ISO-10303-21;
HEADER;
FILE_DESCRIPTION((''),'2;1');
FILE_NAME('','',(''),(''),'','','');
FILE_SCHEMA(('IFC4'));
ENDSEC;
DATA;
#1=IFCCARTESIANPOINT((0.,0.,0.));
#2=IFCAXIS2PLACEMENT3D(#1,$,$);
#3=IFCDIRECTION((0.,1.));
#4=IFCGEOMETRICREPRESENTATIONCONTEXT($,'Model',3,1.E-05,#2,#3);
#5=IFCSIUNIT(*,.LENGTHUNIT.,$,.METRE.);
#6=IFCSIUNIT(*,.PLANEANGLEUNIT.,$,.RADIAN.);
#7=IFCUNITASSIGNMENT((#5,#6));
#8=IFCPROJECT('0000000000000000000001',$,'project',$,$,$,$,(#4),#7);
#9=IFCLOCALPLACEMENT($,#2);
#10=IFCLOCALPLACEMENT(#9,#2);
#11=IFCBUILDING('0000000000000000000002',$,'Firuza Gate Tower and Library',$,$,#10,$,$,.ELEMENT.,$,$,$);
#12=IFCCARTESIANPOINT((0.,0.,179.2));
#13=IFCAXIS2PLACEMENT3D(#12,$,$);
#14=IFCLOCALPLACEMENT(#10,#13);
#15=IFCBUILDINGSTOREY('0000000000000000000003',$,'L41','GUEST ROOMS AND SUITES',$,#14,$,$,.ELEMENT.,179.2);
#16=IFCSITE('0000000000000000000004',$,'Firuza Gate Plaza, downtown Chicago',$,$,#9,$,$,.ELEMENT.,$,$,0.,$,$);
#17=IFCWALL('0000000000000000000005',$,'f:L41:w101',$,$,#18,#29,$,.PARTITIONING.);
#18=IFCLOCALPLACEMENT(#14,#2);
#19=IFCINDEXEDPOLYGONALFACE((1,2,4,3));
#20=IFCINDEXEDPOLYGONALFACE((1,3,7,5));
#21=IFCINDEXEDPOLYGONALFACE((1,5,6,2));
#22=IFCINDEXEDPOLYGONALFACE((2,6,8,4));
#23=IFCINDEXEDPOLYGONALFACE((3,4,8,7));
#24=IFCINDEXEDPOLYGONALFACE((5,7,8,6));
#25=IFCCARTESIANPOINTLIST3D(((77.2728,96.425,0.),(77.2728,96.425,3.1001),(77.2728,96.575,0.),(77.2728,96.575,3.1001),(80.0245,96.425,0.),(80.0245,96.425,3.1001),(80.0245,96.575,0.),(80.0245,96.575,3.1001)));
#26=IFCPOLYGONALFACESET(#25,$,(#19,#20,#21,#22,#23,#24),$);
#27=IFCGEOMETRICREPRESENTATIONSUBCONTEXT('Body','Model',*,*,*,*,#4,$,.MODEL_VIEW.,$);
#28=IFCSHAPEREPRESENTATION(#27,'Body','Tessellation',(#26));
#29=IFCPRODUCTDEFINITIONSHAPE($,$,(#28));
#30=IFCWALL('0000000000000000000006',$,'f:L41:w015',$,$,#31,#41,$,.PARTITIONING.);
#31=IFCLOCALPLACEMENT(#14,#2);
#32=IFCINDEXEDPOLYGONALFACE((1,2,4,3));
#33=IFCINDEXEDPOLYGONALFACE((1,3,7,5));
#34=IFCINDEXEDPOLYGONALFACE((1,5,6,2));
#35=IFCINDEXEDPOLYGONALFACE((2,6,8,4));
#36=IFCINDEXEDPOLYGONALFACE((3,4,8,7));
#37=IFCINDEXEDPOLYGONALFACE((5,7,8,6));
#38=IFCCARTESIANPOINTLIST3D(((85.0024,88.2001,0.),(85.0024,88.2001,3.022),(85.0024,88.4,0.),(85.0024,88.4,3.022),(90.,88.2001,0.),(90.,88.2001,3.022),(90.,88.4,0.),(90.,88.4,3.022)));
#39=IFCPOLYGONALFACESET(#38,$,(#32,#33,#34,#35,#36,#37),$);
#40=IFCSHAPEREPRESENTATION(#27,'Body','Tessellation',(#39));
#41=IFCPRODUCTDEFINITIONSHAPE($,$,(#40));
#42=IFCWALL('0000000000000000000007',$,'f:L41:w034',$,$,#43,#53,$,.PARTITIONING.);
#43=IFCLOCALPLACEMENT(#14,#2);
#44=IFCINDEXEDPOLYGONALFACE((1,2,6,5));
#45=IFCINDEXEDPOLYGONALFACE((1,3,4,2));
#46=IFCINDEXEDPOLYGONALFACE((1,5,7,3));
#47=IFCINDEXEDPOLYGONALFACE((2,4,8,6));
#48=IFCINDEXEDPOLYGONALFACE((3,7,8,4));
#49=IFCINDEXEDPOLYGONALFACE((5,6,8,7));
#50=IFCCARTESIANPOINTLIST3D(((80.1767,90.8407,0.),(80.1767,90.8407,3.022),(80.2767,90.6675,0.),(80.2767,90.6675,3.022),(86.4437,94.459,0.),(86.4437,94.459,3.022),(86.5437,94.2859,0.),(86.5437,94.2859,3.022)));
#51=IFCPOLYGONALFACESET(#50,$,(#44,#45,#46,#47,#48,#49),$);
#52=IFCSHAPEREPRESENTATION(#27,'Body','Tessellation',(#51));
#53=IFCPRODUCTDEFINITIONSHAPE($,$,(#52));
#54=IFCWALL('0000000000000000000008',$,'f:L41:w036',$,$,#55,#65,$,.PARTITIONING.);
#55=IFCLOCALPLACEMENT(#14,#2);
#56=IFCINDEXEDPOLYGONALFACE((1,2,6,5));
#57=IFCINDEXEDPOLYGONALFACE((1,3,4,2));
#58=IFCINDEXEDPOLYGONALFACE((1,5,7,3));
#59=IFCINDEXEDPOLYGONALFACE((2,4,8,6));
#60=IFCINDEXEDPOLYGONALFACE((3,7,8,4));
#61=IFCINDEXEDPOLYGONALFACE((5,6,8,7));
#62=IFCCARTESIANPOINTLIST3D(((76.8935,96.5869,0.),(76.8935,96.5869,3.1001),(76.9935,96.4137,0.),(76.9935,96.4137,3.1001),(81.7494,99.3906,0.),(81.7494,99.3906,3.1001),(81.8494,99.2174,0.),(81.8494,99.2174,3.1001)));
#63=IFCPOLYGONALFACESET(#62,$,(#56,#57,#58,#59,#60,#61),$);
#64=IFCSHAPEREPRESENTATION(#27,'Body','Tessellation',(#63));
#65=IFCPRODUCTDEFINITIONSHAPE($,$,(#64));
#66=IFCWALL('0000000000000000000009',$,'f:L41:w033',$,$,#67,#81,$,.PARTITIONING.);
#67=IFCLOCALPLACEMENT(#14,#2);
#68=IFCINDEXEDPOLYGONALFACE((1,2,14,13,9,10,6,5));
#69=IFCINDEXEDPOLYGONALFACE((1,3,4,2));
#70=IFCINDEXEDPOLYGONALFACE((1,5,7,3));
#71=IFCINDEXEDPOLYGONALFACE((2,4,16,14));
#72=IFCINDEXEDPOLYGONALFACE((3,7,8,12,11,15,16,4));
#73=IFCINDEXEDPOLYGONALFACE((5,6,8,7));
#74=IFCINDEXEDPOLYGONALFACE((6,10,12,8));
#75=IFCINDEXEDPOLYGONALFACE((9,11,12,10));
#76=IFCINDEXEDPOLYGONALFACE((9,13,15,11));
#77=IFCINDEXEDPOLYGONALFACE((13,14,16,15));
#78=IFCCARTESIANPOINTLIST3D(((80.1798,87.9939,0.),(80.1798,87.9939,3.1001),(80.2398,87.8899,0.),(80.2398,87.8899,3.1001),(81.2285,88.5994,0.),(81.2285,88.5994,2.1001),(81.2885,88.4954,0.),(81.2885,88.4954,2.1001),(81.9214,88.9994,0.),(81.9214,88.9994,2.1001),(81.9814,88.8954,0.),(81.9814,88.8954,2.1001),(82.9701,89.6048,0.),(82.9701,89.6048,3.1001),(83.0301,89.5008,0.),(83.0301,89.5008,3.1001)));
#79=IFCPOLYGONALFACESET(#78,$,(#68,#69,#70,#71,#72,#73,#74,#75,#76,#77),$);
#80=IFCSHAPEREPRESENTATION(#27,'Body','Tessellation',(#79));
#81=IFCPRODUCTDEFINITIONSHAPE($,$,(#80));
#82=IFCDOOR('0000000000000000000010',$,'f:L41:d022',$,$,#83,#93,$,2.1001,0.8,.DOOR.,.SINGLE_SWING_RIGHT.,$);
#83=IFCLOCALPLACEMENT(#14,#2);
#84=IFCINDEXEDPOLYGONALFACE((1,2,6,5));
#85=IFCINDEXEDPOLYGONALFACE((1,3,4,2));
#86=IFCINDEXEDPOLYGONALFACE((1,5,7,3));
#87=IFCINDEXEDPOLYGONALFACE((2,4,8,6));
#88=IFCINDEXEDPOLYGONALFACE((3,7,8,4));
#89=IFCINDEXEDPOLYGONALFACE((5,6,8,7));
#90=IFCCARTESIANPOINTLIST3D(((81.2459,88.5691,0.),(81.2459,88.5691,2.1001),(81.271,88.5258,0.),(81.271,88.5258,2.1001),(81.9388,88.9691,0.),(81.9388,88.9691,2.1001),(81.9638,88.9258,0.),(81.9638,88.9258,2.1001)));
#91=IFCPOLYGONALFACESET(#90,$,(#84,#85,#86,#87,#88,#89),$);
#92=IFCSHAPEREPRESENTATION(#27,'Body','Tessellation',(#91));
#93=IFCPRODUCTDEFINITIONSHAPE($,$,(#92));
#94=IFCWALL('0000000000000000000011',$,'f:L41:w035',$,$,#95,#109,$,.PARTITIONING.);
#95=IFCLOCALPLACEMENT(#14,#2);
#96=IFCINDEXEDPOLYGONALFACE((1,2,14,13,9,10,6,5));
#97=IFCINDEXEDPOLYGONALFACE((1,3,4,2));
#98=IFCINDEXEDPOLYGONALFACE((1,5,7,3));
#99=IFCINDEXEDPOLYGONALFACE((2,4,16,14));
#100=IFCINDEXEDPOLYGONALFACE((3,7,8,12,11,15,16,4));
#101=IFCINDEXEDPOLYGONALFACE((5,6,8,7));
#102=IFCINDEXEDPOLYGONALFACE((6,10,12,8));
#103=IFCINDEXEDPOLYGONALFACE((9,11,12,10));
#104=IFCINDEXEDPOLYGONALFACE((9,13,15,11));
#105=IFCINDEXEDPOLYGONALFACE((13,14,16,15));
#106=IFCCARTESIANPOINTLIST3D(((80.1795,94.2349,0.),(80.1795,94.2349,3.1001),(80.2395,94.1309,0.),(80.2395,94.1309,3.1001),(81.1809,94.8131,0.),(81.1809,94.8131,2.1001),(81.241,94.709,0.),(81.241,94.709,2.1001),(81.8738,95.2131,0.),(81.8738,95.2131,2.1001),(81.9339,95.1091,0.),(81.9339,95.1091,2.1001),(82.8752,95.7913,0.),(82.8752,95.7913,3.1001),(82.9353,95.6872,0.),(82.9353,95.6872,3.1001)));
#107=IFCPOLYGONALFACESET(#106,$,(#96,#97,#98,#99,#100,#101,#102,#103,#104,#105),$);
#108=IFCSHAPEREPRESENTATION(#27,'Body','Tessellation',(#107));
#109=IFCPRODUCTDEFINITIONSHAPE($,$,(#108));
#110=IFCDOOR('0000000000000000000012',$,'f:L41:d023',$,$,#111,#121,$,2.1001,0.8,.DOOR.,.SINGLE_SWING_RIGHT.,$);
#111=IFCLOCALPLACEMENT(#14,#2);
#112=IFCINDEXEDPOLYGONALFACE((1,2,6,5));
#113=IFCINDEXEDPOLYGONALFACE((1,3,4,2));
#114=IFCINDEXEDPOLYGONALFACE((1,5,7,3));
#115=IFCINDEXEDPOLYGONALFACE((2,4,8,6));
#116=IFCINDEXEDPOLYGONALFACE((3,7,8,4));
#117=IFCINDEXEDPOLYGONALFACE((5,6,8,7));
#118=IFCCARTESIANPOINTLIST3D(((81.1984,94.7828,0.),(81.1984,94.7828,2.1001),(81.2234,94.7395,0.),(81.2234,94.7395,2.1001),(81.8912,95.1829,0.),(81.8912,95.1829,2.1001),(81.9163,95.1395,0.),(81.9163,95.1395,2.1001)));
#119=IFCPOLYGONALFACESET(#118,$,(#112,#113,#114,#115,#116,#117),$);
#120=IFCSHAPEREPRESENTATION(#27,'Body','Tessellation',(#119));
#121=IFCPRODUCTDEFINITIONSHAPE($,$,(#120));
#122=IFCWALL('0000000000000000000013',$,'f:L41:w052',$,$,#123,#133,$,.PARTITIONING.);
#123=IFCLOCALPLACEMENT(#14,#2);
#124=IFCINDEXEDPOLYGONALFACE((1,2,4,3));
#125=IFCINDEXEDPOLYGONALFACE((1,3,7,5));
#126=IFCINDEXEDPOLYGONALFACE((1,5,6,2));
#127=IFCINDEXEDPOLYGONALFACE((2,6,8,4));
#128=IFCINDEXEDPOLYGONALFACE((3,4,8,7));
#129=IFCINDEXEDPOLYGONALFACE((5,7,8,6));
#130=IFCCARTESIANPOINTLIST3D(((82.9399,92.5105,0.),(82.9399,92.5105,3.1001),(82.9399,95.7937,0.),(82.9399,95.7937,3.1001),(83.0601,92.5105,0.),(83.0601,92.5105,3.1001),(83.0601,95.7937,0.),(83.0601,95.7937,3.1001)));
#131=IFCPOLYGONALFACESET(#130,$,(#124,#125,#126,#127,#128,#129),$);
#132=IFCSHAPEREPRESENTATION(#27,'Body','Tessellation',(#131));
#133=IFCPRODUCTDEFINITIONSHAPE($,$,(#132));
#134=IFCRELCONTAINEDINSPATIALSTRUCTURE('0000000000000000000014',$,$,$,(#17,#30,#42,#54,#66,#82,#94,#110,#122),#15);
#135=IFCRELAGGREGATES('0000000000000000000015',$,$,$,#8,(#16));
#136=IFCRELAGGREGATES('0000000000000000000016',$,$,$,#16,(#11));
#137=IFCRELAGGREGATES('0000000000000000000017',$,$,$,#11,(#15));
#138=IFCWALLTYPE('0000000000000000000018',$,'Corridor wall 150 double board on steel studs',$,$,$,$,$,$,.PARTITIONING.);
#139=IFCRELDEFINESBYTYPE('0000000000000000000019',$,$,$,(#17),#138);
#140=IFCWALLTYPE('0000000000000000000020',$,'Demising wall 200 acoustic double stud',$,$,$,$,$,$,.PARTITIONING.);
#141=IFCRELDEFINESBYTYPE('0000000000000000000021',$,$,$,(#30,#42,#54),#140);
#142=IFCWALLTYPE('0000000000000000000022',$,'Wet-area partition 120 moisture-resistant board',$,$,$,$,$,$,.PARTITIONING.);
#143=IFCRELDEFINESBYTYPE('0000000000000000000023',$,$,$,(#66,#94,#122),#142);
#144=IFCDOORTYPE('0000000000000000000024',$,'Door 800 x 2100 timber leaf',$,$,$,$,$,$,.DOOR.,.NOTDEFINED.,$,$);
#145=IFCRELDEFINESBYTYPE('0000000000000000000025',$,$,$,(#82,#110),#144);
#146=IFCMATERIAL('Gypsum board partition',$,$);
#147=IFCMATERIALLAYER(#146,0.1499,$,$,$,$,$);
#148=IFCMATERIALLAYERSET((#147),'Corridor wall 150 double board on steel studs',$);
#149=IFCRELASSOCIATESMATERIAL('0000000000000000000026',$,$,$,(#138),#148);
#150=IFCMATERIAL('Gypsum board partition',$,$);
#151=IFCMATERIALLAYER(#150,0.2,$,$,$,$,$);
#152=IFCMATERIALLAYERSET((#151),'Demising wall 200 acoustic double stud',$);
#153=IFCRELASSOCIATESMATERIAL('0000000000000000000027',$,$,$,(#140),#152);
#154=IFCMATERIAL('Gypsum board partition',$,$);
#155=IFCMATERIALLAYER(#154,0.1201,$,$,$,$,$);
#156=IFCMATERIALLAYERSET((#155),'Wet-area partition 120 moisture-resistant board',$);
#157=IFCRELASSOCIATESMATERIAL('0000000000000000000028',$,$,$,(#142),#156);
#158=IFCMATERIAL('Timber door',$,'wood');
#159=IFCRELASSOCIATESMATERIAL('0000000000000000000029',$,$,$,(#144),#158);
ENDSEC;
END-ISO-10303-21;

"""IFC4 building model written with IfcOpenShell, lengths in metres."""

from ifc_helpers import new_model, si_unit, direction, frame, frame_2d, origin, place, context, subcontext, project, spatial, rectangle, extrude, material, layer, layer_set, type_object, element, fill, save


model = new_model("IFC4")

# Units and contexts
model_context = context("Model", 3, precision=1e-05, world=origin(), true_north=direction((0.0, 1.0)))
body_context = subcontext(model_context, "Body", "Model", "MODEL_VIEW")
ifc_project = project(units=[si_unit("LENGTHUNIT", "METRE"), si_unit("PLANEANGLEUNIT", "RADIAN")], contexts=[model_context])

# Site, building, storey
site_placement = place(None, origin())
site = spatial("IfcSite", under=ifc_project, at=site_placement, Name="Firuza Gate Plaza, downtown Chicago", CompositionType="ELEMENT", RefElevation=0.0)
building_placement = place(site_placement, origin())
building = spatial("IfcBuilding", under=site, at=building_placement, Name="Firuza Gate Tower and Library", CompositionType="ELEMENT")
storey_placement = place(building_placement, frame((0.0, 0.0, 179.2)))
storey = spatial("IfcBuildingStorey", under=building, at=storey_placement, Name="L41", Description="GUEST ROOMS AND SUITES", CompositionType="ELEMENT", Elevation=179.2)

# Shared definitions
ifc_material_1 = material(Name="Gypsum board partition")
ifc_layer_1 = layer(ifc_material_1, 0.1499)
ifc_layer_set_1 = layer_set([ifc_layer_1], Name="Corridor wall 150 double board on steel studs")
wall_type_1 = type_object("IfcWallType", Name="Corridor wall 150 double board on steel studs", PredefinedType="PARTITIONING", material=ifc_layer_set_1)

# Walls
wall_1_placement = place(storey_placement, frame((77.2727, 96.5, 0.0), z_axis=(0.0, 0.0, 1.0), x_axis=(1.0, 0.0, 0.0)))
element("IfcWall", 1, at=wall_1_placement, inside=storey, type_object=wall_type_1, Name="f:L41:w101", PredefinedType="PARTITIONING", context=body_context, shape_type="SweptSolid", body=[
    extrude(rectangle(XDim=2.7517, YDim=0.1499, at=frame_2d((1.376, 0.0))), origin(), (0.0, 0.0, 1.0), 3.1001),
])
ifc_material_2 = material(Name="Gypsum board partition")
ifc_layer_2 = layer(ifc_material_2, 0.2)
ifc_layer_set_2 = layer_set([ifc_layer_2], Name="Demising wall 200 acoustic double stud")
wall_type_2 = type_object("IfcWallType", Name="Demising wall 200 acoustic double stud", PredefinedType="PARTITIONING", material=ifc_layer_set_2)
wall_2_placement = place(storey_placement, frame((85.0024, 88.3, 0.0), z_axis=(0.0, 0.0, 1.0), x_axis=(1.0, 0.0, 0.0)))
element("IfcWall", 2, at=wall_2_placement, inside=storey, type_object=wall_type_2, Name="f:L41:w015", PredefinedType="PARTITIONING", context=body_context, shape_type="SweptSolid", body=[
    extrude(rectangle(XDim=4.9976, YDim=0.2, at=frame_2d((2.4988, 0.0))), origin(), (0.0, 0.0, 1.0), 3.022),
])
wall_3_placement = place(storey_placement, frame((80.2268, 90.7542, 0.0), z_axis=(0.0, 0.0, 1.0), x_axis=(0.866019, 0.500011, 0.0)))
element("IfcWall", 3, at=wall_3_placement, inside=storey, type_object=wall_type_2, Name="f:L41:w034", PredefinedType="PARTITIONING", context=body_context, shape_type="SweptSolid", body=[
    extrude(rectangle(XDim=7.2366, YDim=0.2, at=frame_2d((3.6182, 0.0))), origin(), (0.0, 0.0, 1.0), 3.022),
])
wall_4_placement = place(storey_placement, frame((76.9434, 96.5002, 0.0), z_axis=(0.0, 0.0, 1.0), x_axis=(0.866016, 0.500016, 0.0)))
element("IfcWall", 4, at=wall_4_placement, inside=storey, type_object=wall_type_2, Name="f:L41:w036", PredefinedType="PARTITIONING", context=body_context, shape_type="SweptSolid", body=[
    extrude(rectangle(XDim=5.6072, YDim=0.2, at=frame_2d((2.8037, 0.0))), origin(), (0.0, 0.0, 1.0), 3.1001),
])

# Walls, openings, doors
ifc_material_3 = material(Name="Gypsum board partition")
ifc_layer_3 = layer(ifc_material_3, 0.1201)
ifc_layer_set_3 = layer_set([ifc_layer_3], Name="Wet-area partition 120 moisture-resistant board")
wall_type_3 = type_object("IfcWallType", Name="Wet-area partition 120 moisture-resistant board", PredefinedType="PARTITIONING", material=ifc_layer_set_3)
wall_5_placement = place(storey_placement, frame((83.0, 89.5527, 0.0), z_axis=(0.0, 0.0, 1.0), x_axis=(-0.866043, -0.49997, 0.0)))
wall_5 = element("IfcWall", 5, at=wall_5_placement, inside=storey, type_object=wall_type_3, Name="f:L41:w033", PredefinedType="PARTITIONING", context=body_context, shape_type="SweptSolid", body=[
    extrude(rectangle(XDim=3.2219, YDim=0.1201, at=frame_2d((1.6108, 0.0))), origin(), (0.0, 0.0, 1.0), 3.1001),
])
opening_1_placement = place(wall_5_placement, frame((1.2109, 0.0, 0.0)))
opening_1 = element("IfcOpeningElement", 6, at=opening_1_placement, cuts=wall_5, PredefinedType="OPENING", context=body_context, shape_type="SweptSolid", body=[
    extrude(rectangle(XDim=0.8, YDim=2.1001, at=frame_2d((0.3999, 1.05))), frame((0.0, 0.0701, 0.0), z_axis=(0.0, -1.0, 0.0), x_axis=(1.0, 0.0, 0.0)), (0.0, 0.0, 1.0), 0.1401),
])
ifc_material_4 = material(Name="Timber door", Category="wood")
door_type_1 = type_object("IfcDoorType", Name="Door 800 x 2100 timber leaf", OperationType="NOTDEFINED", PredefinedType="DOOR", material=ifc_material_4)
door_1_placement = place(opening_1_placement, origin())
door_1 = element("IfcDoor", 7, at=door_1_placement, inside=storey, type_object=door_type_1, Name="f:L41:d022", OperationType="SINGLE_SWING_RIGHT", OverallHeight=2.1001, OverallWidth=0.8, PredefinedType="DOOR", context=body_context, shape_type="SweptSolid", body=[
    extrude(rectangle(XDim=0.8, YDim=2.1001, at=frame_2d((0.3999, 1.05))), frame((0.0, 0.0249, 0.0), z_axis=(0.0, -1.0, 0.0), x_axis=(1.0, 0.0, 0.0)), (0.0, 0.0, 1.0), 0.05),
])
fill(opening_1, door_1)
wall_6_placement = place(storey_placement, frame((82.9053, 95.7393, 0.0), z_axis=(0.0, 0.0, 1.0), x_axis=(-0.866029, -0.499994, 0.0)))
wall_6 = element("IfcWall", 8, at=wall_6_placement, inside=storey, type_object=wall_type_3, Name="f:L41:w035", PredefinedType="PARTITIONING", context=body_context, shape_type="SweptSolid", body=[
    extrude(rectangle(XDim=3.1128, YDim=0.1201, at=frame_2d((1.5564, 0.0))), origin(), (0.0, 0.0, 1.0), 3.1001),
])
opening_2_placement = place(wall_6_placement, frame((1.1565, 0.0, 0.0)))
opening_2 = element("IfcOpeningElement", 9, at=opening_2_placement, cuts=wall_6, PredefinedType="OPENING", context=body_context, shape_type="SweptSolid", body=[
    extrude(rectangle(XDim=0.8, YDim=2.1001, at=frame_2d((0.3999, 1.05))), frame((0.0, 0.0701, 0.0), z_axis=(0.0, -1.0, 0.0), x_axis=(1.0, 0.0, 0.0)), (0.0, 0.0, 1.0), 0.1401),
])
door_2_placement = place(opening_2_placement, origin())
door_2 = element("IfcDoor", 10, at=door_2_placement, inside=storey, type_object=door_type_1, Name="f:L41:d023", OperationType="SINGLE_SWING_RIGHT", OverallHeight=2.1001, OverallWidth=0.8, PredefinedType="DOOR", context=body_context, shape_type="SweptSolid", body=[
    extrude(rectangle(XDim=0.8, YDim=2.1001, at=frame_2d((0.3999, 1.05))), frame((0.0, 0.0249, 0.0), z_axis=(0.0, -1.0, 0.0), x_axis=(1.0, 0.0, 0.0)), (0.0, 0.0, 1.0), 0.05),
])
fill(opening_2, door_2)

# Wall
wall_7_placement = place(storey_placement, frame((83.0, 92.5105, 0.0), z_axis=(0.0, 0.0, 1.0), x_axis=(0.0, 1.0, 0.0)))
element("IfcWall", 11, at=wall_7_placement, inside=storey, type_object=wall_type_3, Name="f:L41:w052", PredefinedType="PARTITIONING", context=body_context, shape_type="SweptSolid", body=[
    extrude(rectangle(XDim=3.2832, YDim=0.1201, at=frame_2d((1.6416, 0.0))), origin(), (0.0, 0.0, 1.0), 3.1001),
])

save(model, "model.ifc")
